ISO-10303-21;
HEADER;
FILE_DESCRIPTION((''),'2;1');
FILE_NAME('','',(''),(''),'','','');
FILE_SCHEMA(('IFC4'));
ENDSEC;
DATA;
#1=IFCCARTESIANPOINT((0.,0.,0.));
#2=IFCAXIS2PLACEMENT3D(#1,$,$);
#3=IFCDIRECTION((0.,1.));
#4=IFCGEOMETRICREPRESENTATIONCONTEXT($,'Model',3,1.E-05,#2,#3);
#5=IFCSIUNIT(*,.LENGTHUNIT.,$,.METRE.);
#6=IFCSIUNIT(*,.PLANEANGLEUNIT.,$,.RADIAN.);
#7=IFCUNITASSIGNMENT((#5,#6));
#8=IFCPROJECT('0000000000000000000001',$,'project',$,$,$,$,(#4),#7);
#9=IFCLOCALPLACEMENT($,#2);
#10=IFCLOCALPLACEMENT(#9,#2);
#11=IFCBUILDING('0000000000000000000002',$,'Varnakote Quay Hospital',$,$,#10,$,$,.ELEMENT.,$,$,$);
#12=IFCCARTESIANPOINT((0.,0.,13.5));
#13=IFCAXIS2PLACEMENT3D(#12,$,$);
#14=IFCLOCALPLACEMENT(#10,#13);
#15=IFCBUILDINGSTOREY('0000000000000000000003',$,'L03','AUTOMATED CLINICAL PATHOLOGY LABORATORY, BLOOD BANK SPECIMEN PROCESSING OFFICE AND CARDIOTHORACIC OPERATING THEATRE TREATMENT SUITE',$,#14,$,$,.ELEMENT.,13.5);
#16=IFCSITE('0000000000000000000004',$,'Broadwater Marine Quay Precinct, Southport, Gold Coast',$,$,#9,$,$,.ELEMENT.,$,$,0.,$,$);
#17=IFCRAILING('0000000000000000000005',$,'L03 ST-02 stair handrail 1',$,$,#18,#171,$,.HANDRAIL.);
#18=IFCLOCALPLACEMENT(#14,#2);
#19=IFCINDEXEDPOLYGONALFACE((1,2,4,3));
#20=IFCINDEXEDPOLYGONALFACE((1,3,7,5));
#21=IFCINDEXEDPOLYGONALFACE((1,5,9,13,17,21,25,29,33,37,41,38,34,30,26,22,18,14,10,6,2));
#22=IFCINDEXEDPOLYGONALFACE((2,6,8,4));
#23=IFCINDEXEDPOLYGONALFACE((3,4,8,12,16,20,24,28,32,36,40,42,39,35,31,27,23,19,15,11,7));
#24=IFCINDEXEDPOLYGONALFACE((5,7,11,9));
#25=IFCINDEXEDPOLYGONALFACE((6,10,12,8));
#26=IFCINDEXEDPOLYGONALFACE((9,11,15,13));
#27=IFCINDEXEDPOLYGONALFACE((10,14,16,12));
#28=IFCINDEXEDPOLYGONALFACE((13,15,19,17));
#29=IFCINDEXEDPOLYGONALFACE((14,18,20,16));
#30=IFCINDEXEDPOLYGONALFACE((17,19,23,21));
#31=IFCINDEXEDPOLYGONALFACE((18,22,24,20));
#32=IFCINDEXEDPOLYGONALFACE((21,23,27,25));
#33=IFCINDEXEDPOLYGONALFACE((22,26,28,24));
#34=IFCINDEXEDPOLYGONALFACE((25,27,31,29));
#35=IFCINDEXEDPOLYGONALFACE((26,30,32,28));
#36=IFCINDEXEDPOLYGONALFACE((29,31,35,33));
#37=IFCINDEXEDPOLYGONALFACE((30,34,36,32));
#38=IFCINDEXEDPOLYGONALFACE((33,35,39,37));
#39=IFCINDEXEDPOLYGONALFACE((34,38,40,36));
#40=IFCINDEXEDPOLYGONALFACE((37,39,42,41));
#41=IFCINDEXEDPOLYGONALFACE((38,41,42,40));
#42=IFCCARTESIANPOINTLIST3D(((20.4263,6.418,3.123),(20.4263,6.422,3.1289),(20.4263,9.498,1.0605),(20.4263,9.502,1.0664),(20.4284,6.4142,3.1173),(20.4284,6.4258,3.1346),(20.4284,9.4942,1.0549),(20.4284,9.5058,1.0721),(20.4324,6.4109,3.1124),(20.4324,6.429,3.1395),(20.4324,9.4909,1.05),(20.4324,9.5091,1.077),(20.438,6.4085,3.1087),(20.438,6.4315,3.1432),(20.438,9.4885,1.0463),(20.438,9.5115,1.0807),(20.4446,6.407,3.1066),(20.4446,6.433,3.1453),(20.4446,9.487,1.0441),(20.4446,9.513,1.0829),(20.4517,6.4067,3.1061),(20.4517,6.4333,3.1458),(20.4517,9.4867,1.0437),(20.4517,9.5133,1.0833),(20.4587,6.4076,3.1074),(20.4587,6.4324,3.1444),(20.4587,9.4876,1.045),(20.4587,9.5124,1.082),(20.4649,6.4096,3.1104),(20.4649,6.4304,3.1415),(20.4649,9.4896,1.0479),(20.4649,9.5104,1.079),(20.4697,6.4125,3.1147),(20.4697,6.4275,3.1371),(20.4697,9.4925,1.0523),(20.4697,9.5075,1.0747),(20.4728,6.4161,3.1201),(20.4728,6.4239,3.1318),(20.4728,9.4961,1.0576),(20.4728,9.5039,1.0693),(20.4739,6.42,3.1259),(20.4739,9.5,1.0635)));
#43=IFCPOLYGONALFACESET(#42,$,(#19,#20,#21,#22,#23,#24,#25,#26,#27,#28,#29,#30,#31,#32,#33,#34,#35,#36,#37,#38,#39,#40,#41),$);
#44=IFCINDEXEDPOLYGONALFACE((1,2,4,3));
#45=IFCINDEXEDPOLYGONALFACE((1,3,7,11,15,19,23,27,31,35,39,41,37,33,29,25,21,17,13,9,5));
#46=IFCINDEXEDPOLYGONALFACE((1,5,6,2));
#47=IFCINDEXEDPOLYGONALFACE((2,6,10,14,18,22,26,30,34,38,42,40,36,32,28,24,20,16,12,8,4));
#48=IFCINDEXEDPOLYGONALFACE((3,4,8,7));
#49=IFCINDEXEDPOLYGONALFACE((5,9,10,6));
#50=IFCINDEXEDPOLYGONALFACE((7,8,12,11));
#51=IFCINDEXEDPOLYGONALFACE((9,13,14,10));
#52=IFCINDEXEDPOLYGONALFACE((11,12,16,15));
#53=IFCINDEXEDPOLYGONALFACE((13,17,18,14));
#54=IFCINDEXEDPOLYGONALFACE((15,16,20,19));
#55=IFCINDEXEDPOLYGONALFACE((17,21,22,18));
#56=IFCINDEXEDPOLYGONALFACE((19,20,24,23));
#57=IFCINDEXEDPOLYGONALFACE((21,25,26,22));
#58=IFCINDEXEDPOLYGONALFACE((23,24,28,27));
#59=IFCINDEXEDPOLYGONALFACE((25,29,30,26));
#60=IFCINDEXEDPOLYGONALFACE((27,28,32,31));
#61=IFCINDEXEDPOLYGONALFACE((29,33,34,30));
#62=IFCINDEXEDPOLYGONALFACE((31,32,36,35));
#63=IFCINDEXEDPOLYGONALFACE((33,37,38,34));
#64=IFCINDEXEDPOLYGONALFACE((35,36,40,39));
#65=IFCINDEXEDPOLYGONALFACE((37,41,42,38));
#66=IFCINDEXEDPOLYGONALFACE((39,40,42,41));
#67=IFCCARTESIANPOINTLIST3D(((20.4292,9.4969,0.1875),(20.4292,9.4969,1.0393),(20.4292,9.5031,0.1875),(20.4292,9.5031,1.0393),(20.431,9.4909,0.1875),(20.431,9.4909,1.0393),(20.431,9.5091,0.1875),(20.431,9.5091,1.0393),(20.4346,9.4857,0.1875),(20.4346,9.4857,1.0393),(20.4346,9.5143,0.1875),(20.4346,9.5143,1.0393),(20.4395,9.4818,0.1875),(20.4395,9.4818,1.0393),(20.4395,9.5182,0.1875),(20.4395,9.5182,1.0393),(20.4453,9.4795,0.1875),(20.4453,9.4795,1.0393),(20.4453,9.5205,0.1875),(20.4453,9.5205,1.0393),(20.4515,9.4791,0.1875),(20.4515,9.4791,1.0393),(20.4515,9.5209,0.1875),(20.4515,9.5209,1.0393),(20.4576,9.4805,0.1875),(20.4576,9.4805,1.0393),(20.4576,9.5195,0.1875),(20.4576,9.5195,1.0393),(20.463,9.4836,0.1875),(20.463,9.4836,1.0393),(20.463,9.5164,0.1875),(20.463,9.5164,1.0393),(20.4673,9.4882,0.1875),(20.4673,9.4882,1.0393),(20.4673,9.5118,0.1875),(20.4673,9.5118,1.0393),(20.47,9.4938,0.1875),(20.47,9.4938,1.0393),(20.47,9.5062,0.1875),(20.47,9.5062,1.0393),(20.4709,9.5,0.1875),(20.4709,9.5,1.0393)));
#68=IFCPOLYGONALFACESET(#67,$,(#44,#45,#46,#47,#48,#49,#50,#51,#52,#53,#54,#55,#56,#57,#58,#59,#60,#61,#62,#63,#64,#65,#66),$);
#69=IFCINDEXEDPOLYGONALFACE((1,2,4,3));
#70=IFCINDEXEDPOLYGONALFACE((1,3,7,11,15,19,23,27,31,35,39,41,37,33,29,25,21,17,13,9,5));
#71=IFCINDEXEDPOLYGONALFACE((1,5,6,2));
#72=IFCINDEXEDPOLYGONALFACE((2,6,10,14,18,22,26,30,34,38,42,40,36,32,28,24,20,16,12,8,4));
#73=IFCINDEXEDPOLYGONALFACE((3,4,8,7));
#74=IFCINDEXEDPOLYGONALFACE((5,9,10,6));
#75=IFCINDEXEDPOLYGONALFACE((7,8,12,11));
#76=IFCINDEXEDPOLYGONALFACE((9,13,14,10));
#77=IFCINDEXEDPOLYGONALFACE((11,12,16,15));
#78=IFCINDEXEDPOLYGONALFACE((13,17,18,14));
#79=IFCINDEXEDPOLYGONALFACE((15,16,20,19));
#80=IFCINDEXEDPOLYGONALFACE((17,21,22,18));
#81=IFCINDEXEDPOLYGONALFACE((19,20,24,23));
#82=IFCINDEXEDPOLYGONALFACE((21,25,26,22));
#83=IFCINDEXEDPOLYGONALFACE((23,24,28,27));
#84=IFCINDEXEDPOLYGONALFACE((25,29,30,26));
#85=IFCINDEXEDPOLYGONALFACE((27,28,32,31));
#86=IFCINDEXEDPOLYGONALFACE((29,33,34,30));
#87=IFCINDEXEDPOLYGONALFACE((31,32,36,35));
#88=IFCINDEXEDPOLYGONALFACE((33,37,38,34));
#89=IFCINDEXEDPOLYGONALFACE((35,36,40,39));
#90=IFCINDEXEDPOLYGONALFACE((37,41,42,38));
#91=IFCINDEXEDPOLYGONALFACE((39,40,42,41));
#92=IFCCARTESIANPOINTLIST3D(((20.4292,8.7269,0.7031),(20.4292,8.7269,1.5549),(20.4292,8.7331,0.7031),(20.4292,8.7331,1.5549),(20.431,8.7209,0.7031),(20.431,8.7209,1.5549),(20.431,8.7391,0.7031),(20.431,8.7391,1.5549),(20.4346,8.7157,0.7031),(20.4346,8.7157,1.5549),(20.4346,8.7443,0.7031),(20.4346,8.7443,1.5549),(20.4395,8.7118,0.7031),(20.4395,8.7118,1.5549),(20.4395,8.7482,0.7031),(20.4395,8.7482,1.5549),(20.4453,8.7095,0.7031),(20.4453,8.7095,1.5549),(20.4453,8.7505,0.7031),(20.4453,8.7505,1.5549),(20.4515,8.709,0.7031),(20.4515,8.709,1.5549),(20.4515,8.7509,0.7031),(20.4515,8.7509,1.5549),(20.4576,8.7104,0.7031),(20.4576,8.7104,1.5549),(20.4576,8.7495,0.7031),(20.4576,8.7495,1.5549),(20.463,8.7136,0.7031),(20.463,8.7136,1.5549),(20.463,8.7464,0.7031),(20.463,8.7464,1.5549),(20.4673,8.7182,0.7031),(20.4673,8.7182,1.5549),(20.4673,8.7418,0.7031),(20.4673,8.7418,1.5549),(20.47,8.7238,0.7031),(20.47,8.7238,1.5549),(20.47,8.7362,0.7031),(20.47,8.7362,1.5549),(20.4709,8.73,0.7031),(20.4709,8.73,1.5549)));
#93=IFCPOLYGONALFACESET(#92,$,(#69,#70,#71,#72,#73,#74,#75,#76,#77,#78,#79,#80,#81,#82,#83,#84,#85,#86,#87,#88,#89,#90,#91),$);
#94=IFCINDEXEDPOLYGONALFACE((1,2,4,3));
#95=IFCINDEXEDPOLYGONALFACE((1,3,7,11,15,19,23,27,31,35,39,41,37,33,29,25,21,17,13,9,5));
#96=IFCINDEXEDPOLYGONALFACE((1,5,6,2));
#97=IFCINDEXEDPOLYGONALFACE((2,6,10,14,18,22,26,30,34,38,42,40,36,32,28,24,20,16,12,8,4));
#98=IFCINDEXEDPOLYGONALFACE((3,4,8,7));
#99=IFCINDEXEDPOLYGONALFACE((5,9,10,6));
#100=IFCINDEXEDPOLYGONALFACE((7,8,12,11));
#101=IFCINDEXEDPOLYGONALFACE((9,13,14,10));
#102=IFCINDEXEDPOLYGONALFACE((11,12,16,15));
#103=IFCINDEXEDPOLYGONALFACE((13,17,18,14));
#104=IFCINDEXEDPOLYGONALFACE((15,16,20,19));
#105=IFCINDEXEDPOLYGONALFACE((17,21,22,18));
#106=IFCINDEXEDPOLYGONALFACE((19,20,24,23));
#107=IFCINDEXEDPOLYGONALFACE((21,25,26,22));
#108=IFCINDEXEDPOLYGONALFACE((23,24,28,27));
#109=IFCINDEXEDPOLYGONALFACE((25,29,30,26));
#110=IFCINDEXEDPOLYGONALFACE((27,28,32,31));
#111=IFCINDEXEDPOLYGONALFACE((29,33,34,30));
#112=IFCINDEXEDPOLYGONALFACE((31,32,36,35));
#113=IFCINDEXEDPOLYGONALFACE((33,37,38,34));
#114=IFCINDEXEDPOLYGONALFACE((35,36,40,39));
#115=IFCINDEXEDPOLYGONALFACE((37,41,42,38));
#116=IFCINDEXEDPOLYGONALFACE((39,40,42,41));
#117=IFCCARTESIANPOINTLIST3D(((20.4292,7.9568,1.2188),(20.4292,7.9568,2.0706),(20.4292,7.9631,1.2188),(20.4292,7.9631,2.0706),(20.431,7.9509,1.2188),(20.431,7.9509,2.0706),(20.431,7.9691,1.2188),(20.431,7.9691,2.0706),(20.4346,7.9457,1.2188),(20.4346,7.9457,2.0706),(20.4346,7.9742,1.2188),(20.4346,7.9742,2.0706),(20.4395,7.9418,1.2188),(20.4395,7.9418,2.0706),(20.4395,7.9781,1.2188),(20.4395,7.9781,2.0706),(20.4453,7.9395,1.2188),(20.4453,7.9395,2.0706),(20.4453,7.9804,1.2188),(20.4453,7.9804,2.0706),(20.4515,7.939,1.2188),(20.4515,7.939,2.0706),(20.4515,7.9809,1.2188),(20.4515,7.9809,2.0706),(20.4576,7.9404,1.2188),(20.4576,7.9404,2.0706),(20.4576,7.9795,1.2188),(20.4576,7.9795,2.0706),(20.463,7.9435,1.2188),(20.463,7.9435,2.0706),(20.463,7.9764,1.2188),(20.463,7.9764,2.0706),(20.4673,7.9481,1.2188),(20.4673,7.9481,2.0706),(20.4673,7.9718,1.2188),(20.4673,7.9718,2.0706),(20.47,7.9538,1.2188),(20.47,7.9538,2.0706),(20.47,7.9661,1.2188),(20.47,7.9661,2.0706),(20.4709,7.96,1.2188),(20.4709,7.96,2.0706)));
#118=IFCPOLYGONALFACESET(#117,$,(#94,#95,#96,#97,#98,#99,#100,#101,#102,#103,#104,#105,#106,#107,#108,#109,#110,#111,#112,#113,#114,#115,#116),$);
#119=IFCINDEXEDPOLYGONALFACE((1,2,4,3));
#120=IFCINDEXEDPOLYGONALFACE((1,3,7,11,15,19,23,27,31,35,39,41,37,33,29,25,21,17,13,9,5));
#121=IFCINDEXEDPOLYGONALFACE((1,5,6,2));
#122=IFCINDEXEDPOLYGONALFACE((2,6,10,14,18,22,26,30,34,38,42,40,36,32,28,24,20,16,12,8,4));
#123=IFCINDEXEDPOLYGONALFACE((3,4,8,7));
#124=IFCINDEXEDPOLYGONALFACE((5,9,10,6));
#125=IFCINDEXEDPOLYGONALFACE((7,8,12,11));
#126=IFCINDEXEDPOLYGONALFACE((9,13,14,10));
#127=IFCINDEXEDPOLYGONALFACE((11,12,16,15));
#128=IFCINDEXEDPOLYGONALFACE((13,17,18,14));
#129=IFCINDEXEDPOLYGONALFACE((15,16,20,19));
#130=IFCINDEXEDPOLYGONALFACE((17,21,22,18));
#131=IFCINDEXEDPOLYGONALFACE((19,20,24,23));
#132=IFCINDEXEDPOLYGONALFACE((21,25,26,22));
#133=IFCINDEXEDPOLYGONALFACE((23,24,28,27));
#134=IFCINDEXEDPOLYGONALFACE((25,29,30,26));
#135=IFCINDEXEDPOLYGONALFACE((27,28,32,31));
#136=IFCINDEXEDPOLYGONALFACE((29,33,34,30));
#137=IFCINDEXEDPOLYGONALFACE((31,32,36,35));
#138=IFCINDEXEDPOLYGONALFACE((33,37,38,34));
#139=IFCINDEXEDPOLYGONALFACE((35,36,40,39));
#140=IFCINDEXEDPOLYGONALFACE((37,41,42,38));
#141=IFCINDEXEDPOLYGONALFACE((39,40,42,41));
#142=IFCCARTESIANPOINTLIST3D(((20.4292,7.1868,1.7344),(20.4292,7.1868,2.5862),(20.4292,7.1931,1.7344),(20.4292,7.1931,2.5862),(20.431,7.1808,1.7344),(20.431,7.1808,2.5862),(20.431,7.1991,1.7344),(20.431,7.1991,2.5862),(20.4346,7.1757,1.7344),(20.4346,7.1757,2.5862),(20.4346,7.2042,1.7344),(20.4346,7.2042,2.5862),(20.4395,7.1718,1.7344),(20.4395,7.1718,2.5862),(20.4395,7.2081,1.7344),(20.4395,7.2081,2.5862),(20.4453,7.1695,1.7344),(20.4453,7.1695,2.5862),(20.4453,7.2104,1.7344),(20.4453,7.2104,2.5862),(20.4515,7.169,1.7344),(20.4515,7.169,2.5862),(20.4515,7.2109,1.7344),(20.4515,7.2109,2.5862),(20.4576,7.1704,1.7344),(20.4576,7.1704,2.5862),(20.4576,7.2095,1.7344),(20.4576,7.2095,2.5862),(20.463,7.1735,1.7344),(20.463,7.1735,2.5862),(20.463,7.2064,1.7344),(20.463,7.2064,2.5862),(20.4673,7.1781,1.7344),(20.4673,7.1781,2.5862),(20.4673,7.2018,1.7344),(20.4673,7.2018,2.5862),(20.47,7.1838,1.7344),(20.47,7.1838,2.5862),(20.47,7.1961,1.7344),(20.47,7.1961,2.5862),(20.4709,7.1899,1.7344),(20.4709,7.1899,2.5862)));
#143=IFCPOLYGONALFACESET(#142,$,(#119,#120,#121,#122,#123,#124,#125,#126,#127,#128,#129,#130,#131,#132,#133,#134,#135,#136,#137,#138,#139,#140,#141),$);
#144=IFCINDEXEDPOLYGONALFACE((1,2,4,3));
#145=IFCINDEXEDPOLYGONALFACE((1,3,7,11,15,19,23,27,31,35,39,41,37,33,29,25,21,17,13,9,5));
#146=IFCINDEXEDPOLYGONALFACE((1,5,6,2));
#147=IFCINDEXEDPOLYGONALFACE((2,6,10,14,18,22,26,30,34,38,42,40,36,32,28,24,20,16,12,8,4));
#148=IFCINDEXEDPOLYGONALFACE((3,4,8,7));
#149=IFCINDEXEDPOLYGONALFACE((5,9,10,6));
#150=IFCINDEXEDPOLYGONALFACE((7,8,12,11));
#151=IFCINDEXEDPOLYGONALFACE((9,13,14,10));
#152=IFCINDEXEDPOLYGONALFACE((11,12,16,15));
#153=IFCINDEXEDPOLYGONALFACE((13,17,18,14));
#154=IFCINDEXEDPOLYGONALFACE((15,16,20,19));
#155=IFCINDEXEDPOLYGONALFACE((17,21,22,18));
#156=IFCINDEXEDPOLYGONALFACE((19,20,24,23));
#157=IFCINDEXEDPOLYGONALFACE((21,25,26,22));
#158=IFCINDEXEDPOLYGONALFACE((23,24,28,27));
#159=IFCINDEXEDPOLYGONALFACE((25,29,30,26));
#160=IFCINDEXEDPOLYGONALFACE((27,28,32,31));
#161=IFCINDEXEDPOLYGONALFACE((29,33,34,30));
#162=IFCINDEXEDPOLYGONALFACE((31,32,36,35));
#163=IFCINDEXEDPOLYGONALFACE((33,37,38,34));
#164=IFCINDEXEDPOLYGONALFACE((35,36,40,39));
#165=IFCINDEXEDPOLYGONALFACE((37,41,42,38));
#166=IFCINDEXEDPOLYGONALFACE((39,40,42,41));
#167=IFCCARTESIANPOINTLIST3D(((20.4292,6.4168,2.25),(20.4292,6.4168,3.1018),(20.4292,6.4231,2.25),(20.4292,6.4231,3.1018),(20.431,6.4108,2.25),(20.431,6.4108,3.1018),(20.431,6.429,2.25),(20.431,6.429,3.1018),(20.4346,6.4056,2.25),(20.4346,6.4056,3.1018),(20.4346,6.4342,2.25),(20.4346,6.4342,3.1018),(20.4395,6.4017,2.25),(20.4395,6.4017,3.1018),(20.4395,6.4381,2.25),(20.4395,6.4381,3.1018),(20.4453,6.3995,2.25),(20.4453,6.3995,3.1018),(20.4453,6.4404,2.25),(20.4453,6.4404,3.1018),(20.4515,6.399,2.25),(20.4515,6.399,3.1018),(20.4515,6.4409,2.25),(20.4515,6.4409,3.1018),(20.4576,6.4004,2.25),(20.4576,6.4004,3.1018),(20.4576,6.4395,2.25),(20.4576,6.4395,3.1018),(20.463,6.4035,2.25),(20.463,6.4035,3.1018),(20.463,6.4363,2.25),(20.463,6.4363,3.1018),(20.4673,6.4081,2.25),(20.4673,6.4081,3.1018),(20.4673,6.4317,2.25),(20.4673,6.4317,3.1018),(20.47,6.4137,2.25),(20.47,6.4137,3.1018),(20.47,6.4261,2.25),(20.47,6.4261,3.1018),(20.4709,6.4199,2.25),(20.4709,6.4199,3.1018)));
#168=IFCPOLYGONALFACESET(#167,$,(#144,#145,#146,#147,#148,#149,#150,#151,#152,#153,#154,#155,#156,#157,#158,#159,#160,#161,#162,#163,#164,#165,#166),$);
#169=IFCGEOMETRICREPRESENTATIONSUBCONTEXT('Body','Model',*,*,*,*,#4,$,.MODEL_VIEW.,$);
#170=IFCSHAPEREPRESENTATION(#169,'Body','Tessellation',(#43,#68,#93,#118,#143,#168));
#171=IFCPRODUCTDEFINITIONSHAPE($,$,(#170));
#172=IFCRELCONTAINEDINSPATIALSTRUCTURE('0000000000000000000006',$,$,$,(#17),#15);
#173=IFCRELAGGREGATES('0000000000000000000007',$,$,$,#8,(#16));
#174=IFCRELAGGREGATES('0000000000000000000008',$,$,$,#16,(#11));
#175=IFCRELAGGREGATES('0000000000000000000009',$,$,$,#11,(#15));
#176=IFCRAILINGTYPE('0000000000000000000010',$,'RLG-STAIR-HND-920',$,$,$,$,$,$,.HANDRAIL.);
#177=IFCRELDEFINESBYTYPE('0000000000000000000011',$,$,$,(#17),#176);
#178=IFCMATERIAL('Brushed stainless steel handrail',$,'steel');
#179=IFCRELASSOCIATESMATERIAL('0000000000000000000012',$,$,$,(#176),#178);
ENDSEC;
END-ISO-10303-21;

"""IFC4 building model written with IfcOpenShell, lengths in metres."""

from ifc_helpers import new_model, si_unit, direction, frame, origin, origin_2d, place, context, subcontext, project, spatial, circle, extrude, material, type_object, element, save


model = new_model("IFC4")

# Units and contexts
model_context = context("Model", 3, precision=1e-05, world=origin(), true_north=direction((0.0, 1.0)))
body_context = subcontext(model_context, "Body", "Model", "MODEL_VIEW")
ifc_project = project(units=[si_unit("LENGTHUNIT", "METRE"), si_unit("PLANEANGLEUNIT", "RADIAN")], contexts=[model_context])

# Site, building, storey
site_placement = place(None, origin())
site = spatial("IfcSite", under=ifc_project, at=site_placement, Name="Broadwater Marine Quay Precinct, Southport, Gold Coast", CompositionType="ELEMENT", RefElevation=0.0)
building_placement = place(site_placement, origin())
building = spatial("IfcBuilding", under=site, at=building_placement, Name="Varnakote Quay Hospital", CompositionType="ELEMENT")
storey_placement = place(building_placement, frame((0.0, 0.0, 13.5)))
storey = spatial("IfcBuildingStorey", under=building, at=storey_placement, Name="L03", Description="AUTOMATED CLINICAL PATHOLOGY LABORATORY, BLOOD BANK SPECIMEN PROCESSING OFFICE AND CARDIOTHORACIC OPERATING THEATRE TREATMENT SUITE", CompositionType="ELEMENT", Elevation=13.5)

# Railing
ifc_material_1 = material(Name="Brushed stainless steel handrail", Category="steel")
railing_type_1 = type_object("IfcRailingType", Name="RLG-STAIR-HND-920", PredefinedType="HANDRAIL", material=ifc_material_1)
railing_1_placement = place(storey_placement, frame((20.45, 9.5, 0.1875)))
element("IfcRailing", 1, at=railing_1_placement, inside=storey, type_object=railing_type_1, Name="L03 ST-02 stair handrail 1", PredefinedType="HANDRAIL", context=body_context, shape_type="SweptSolid", body=[
    extrude(circle(Radius=0.0239, at=origin_2d()), frame((0.0, 0.0, 0.876), z_axis=(0.0, -0.830914, 0.556401), x_axis=(1.0, 0.0, 0.0)), (0.0, 0.0, 1.0), 3.7068),
    extrude(circle(Radius=0.021, at=origin_2d()), origin(), (0.0, 0.0, 1.0), 0.8518),
    extrude(circle(Radius=0.021, at=origin_2d()), frame((0.0, -0.77, 0.5156)), (0.0, 0.0, 1.0), 0.8518),
    extrude(circle(Radius=0.021, at=origin_2d()), frame((0.0, -1.54, 1.0312)), (0.0, 0.0, 1.0), 0.8518),
    extrude(circle(Radius=0.021, at=origin_2d()), frame((0.0, -2.3101, 1.5469)), (0.0, 0.0, 1.0), 0.8518),
    extrude(circle(Radius=0.021, at=origin_2d()), frame((0.0, -3.0801, 2.0625)), (0.0, 0.0, 1.0), 0.8518),
])

save(model, "model.ifc")
